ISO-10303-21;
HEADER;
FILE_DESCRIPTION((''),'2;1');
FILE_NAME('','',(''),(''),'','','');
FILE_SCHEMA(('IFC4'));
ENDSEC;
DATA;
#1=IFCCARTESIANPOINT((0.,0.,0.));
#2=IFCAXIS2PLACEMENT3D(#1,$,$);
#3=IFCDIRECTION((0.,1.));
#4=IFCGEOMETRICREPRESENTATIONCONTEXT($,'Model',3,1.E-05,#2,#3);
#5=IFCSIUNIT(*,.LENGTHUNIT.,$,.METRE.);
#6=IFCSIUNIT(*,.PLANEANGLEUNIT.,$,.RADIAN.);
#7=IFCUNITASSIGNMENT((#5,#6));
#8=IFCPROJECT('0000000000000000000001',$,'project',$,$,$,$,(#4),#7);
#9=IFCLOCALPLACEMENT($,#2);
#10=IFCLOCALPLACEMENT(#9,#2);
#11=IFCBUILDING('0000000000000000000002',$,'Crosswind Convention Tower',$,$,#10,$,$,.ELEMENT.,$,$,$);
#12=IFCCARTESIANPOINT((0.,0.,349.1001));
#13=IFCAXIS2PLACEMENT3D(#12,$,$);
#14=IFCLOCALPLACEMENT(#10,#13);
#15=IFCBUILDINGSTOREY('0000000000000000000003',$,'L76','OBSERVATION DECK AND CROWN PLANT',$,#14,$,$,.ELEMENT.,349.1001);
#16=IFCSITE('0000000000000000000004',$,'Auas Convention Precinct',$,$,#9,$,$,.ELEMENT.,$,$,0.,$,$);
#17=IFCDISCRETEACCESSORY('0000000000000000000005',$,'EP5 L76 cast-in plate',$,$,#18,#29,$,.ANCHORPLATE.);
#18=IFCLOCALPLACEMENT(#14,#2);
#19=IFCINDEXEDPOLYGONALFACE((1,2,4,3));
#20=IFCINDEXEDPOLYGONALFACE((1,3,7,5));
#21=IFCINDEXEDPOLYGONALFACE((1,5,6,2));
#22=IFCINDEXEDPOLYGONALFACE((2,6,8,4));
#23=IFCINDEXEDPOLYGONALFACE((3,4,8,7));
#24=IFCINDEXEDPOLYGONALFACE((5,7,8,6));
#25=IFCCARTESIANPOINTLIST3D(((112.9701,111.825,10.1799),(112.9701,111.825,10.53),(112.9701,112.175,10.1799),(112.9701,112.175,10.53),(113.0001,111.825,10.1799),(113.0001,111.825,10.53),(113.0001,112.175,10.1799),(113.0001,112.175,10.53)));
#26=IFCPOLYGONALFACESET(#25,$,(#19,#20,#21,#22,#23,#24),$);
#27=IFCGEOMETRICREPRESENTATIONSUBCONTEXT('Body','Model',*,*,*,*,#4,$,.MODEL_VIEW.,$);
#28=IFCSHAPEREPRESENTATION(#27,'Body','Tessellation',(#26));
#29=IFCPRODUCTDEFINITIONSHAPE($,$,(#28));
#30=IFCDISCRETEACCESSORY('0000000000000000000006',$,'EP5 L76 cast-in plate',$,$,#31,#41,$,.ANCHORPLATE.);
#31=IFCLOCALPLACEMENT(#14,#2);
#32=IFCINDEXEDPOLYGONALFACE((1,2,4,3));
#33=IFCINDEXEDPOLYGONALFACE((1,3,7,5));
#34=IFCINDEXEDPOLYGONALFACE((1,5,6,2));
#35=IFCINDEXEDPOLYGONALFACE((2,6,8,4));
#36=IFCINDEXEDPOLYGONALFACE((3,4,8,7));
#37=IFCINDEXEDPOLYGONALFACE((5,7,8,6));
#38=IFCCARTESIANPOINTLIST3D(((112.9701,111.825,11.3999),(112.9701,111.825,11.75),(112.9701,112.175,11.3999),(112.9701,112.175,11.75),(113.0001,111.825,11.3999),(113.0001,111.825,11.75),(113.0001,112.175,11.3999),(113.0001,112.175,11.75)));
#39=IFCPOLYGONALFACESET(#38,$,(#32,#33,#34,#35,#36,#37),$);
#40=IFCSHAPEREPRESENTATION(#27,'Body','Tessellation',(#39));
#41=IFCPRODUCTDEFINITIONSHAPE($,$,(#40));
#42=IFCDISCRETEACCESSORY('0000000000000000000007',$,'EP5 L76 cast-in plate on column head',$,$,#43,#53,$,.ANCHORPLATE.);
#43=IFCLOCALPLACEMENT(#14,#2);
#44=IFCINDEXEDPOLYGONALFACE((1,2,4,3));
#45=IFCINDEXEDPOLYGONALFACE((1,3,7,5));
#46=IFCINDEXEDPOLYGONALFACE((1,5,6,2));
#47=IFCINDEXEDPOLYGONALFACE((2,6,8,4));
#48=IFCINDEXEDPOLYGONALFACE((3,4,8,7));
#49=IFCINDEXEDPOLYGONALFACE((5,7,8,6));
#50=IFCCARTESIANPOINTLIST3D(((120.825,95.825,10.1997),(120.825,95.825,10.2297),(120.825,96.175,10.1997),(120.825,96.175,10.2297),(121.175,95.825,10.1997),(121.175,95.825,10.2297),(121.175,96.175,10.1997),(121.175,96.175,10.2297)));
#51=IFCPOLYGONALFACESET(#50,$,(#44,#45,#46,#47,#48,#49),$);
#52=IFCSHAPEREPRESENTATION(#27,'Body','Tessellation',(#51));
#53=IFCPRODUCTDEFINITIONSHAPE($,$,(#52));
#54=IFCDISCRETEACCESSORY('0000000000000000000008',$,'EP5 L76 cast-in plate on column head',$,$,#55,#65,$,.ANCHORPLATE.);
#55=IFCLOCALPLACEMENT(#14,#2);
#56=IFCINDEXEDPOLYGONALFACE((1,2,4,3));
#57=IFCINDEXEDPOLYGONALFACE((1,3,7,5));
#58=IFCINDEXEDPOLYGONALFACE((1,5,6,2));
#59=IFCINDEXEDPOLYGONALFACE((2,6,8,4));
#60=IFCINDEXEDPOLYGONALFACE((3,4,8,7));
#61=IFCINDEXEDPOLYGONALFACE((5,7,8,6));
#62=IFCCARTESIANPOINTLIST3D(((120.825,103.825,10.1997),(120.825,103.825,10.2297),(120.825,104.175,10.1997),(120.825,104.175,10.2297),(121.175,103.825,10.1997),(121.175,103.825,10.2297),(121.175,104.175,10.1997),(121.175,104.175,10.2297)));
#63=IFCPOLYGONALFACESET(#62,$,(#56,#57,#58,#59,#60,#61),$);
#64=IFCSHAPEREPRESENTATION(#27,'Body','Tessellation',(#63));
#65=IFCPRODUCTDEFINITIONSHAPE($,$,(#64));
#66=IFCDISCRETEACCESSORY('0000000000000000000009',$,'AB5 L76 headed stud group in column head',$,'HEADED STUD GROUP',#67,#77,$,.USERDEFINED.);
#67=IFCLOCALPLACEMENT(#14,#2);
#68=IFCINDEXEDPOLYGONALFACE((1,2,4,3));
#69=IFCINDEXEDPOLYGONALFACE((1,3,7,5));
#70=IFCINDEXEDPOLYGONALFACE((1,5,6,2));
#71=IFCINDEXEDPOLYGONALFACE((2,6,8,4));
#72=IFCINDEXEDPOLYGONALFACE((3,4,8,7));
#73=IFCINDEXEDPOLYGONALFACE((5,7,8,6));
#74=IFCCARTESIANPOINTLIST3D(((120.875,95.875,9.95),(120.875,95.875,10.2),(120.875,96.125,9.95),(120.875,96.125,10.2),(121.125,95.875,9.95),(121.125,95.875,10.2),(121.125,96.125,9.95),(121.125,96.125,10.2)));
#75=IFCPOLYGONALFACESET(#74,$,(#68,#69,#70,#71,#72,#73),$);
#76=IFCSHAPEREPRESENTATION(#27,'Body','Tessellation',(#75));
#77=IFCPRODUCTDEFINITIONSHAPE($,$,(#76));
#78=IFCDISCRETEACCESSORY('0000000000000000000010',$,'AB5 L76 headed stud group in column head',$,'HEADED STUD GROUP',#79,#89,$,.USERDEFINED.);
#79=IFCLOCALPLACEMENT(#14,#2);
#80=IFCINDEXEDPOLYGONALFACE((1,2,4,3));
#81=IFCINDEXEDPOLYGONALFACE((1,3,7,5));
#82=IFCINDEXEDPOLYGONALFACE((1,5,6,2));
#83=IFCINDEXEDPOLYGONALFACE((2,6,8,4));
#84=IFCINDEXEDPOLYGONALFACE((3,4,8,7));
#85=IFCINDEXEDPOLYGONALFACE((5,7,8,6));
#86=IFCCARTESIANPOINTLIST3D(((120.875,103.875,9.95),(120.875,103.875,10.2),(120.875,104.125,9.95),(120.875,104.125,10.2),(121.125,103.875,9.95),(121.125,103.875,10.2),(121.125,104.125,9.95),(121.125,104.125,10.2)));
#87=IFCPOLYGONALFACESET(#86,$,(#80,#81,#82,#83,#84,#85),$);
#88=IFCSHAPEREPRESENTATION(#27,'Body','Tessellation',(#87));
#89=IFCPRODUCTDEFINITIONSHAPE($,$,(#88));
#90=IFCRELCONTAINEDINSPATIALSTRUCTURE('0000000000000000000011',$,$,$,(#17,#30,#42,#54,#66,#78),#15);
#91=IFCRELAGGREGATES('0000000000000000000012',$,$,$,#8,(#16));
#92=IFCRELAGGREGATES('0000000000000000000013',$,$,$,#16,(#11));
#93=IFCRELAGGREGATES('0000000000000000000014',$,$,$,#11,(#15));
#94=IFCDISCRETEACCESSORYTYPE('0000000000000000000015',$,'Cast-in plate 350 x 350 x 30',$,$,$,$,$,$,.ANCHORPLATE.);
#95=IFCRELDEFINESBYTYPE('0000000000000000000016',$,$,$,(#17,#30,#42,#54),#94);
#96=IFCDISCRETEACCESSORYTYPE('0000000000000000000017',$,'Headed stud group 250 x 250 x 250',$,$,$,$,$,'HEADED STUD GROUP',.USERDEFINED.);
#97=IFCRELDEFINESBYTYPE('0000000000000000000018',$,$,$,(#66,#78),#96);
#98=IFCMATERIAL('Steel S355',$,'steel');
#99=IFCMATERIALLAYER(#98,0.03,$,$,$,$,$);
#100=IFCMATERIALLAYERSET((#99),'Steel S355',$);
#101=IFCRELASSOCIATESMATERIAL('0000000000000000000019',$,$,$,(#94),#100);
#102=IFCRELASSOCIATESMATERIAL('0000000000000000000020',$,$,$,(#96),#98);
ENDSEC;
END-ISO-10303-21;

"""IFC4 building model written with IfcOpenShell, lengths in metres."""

from ifc_helpers import new_model, si_unit, direction, frame, origin, origin_2d, place, context, subcontext, project, spatial, rectangle, extrude, material, layer, layer_set, type_object, element, save


model = new_model("IFC4")

# Units and contexts
model_context = context("Model", 3, precision=1e-05, world=origin(), true_north=direction((0.0, 1.0)))
body_context = subcontext(model_context, "Body", "Model", "MODEL_VIEW")
ifc_project = project(units=[si_unit("LENGTHUNIT", "METRE"), si_unit("PLANEANGLEUNIT", "RADIAN")], contexts=[model_context])

# Site, building, storey
site_placement = place(None, origin())
site = spatial("IfcSite", under=ifc_project, at=site_placement, Name="Auas Convention Precinct", CompositionType="ELEMENT", RefElevation=0.0)
building_placement = place(site_placement, origin())
building = spatial("IfcBuilding", under=site, at=building_placement, Name="Crosswind Convention Tower", CompositionType="ELEMENT")
storey_placement = place(building_placement, frame((0.0, 0.0, 349.1001)))
storey = spatial("IfcBuildingStorey", under=building, at=storey_placement, Name="L76", Description="OBSERVATION DECK AND CROWN PLANT", CompositionType="ELEMENT", Elevation=349.1001)

# Shared definitions
ifc_material_1 = material(Name="Steel S355", Category="steel")

# Discrete accessories
ifc_layer_1 = layer(ifc_material_1, 0.03)
ifc_layer_set_1 = layer_set([ifc_layer_1], Name="Steel S355")
discrete_accessory_type_1 = type_object("IfcDiscreteAccessoryType", Name="Cast-in plate 350 x 350 x 30", PredefinedType="ANCHORPLATE", material=ifc_layer_set_1)
for number, where, z_axis, x_axis, name in (
    (1, (112.9851, 112.0, 10.1799), (0.0, 0.0, 1.0), (1.0, 0.0, 0.0), "EP5 L76 cast-in plate"),
    (2, (112.9851, 112.0, 11.3999), (0.0, 0.0, 1.0), (1.0, 0.0, 0.0), "EP5 L76 cast-in plate"),
):
    element("IfcDiscreteAccessory", number, at=place(storey_placement, frame(where, z_axis=z_axis, x_axis=x_axis)), inside=storey, type_object=discrete_accessory_type_1, Name=name, PredefinedType="ANCHORPLATE", context=body_context, shape_type="SweptSolid", body=[
        extrude(rectangle(XDim=0.03, YDim=0.3501, at=origin_2d()), origin(), (0.0, 0.0, 1.0), 0.3501),
    ])
for number, where, z_axis, x_axis, name in (
    (3, (121.0, 96.0, 10.1997), (0.0, 0.0, 1.0), (1.0, 0.0, 0.0), "EP5 L76 cast-in plate on column head"),
    (4, (121.0, 104.0, 10.1997), (0.0, 0.0, 1.0), (1.0, 0.0, 0.0), "EP5 L76 cast-in plate on column head"),
):
    element("IfcDiscreteAccessory", number, at=place(storey_placement, frame(where, z_axis=z_axis, x_axis=x_axis)), inside=storey, type_object=discrete_accessory_type_1, Name=name, PredefinedType="ANCHORPLATE", context=body_context, shape_type="SweptSolid", body=[
        extrude(rectangle(XDim=0.3501, YDim=0.3501, at=origin_2d()), origin(), (0.0, 0.0, 1.0), 0.03),
    ])
discrete_accessory_type_2 = type_object("IfcDiscreteAccessoryType", Name="Headed stud group 250 x 250 x 250", ElementType="HEADED STUD GROUP", PredefinedType="USERDEFINED", material=ifc_material_1)
for number, where, z_axis, x_axis, name in (
    (5, (121.0, 96.0, 9.95), (0.0, 0.0, 1.0), (1.0, 0.0, 0.0), "AB5 L76 headed stud group in column head"),
    (6, (121.0, 104.0, 9.95), (0.0, 0.0, 1.0), (1.0, 0.0, 0.0), "AB5 L76 headed stud group in column head"),
):
    element("IfcDiscreteAccessory", number, at=place(storey_placement, frame(where, z_axis=z_axis, x_axis=x_axis)), inside=storey, type_object=discrete_accessory_type_2, Name=name, ObjectType="HEADED STUD GROUP", PredefinedType="USERDEFINED", context=body_context, shape_type="SweptSolid", body=[
        extrude(rectangle(XDim=0.25, YDim=0.25, at=origin_2d()), origin(), (0.0, 0.0, 1.0), 0.25),
    ])

save(model, "model.ifc")
